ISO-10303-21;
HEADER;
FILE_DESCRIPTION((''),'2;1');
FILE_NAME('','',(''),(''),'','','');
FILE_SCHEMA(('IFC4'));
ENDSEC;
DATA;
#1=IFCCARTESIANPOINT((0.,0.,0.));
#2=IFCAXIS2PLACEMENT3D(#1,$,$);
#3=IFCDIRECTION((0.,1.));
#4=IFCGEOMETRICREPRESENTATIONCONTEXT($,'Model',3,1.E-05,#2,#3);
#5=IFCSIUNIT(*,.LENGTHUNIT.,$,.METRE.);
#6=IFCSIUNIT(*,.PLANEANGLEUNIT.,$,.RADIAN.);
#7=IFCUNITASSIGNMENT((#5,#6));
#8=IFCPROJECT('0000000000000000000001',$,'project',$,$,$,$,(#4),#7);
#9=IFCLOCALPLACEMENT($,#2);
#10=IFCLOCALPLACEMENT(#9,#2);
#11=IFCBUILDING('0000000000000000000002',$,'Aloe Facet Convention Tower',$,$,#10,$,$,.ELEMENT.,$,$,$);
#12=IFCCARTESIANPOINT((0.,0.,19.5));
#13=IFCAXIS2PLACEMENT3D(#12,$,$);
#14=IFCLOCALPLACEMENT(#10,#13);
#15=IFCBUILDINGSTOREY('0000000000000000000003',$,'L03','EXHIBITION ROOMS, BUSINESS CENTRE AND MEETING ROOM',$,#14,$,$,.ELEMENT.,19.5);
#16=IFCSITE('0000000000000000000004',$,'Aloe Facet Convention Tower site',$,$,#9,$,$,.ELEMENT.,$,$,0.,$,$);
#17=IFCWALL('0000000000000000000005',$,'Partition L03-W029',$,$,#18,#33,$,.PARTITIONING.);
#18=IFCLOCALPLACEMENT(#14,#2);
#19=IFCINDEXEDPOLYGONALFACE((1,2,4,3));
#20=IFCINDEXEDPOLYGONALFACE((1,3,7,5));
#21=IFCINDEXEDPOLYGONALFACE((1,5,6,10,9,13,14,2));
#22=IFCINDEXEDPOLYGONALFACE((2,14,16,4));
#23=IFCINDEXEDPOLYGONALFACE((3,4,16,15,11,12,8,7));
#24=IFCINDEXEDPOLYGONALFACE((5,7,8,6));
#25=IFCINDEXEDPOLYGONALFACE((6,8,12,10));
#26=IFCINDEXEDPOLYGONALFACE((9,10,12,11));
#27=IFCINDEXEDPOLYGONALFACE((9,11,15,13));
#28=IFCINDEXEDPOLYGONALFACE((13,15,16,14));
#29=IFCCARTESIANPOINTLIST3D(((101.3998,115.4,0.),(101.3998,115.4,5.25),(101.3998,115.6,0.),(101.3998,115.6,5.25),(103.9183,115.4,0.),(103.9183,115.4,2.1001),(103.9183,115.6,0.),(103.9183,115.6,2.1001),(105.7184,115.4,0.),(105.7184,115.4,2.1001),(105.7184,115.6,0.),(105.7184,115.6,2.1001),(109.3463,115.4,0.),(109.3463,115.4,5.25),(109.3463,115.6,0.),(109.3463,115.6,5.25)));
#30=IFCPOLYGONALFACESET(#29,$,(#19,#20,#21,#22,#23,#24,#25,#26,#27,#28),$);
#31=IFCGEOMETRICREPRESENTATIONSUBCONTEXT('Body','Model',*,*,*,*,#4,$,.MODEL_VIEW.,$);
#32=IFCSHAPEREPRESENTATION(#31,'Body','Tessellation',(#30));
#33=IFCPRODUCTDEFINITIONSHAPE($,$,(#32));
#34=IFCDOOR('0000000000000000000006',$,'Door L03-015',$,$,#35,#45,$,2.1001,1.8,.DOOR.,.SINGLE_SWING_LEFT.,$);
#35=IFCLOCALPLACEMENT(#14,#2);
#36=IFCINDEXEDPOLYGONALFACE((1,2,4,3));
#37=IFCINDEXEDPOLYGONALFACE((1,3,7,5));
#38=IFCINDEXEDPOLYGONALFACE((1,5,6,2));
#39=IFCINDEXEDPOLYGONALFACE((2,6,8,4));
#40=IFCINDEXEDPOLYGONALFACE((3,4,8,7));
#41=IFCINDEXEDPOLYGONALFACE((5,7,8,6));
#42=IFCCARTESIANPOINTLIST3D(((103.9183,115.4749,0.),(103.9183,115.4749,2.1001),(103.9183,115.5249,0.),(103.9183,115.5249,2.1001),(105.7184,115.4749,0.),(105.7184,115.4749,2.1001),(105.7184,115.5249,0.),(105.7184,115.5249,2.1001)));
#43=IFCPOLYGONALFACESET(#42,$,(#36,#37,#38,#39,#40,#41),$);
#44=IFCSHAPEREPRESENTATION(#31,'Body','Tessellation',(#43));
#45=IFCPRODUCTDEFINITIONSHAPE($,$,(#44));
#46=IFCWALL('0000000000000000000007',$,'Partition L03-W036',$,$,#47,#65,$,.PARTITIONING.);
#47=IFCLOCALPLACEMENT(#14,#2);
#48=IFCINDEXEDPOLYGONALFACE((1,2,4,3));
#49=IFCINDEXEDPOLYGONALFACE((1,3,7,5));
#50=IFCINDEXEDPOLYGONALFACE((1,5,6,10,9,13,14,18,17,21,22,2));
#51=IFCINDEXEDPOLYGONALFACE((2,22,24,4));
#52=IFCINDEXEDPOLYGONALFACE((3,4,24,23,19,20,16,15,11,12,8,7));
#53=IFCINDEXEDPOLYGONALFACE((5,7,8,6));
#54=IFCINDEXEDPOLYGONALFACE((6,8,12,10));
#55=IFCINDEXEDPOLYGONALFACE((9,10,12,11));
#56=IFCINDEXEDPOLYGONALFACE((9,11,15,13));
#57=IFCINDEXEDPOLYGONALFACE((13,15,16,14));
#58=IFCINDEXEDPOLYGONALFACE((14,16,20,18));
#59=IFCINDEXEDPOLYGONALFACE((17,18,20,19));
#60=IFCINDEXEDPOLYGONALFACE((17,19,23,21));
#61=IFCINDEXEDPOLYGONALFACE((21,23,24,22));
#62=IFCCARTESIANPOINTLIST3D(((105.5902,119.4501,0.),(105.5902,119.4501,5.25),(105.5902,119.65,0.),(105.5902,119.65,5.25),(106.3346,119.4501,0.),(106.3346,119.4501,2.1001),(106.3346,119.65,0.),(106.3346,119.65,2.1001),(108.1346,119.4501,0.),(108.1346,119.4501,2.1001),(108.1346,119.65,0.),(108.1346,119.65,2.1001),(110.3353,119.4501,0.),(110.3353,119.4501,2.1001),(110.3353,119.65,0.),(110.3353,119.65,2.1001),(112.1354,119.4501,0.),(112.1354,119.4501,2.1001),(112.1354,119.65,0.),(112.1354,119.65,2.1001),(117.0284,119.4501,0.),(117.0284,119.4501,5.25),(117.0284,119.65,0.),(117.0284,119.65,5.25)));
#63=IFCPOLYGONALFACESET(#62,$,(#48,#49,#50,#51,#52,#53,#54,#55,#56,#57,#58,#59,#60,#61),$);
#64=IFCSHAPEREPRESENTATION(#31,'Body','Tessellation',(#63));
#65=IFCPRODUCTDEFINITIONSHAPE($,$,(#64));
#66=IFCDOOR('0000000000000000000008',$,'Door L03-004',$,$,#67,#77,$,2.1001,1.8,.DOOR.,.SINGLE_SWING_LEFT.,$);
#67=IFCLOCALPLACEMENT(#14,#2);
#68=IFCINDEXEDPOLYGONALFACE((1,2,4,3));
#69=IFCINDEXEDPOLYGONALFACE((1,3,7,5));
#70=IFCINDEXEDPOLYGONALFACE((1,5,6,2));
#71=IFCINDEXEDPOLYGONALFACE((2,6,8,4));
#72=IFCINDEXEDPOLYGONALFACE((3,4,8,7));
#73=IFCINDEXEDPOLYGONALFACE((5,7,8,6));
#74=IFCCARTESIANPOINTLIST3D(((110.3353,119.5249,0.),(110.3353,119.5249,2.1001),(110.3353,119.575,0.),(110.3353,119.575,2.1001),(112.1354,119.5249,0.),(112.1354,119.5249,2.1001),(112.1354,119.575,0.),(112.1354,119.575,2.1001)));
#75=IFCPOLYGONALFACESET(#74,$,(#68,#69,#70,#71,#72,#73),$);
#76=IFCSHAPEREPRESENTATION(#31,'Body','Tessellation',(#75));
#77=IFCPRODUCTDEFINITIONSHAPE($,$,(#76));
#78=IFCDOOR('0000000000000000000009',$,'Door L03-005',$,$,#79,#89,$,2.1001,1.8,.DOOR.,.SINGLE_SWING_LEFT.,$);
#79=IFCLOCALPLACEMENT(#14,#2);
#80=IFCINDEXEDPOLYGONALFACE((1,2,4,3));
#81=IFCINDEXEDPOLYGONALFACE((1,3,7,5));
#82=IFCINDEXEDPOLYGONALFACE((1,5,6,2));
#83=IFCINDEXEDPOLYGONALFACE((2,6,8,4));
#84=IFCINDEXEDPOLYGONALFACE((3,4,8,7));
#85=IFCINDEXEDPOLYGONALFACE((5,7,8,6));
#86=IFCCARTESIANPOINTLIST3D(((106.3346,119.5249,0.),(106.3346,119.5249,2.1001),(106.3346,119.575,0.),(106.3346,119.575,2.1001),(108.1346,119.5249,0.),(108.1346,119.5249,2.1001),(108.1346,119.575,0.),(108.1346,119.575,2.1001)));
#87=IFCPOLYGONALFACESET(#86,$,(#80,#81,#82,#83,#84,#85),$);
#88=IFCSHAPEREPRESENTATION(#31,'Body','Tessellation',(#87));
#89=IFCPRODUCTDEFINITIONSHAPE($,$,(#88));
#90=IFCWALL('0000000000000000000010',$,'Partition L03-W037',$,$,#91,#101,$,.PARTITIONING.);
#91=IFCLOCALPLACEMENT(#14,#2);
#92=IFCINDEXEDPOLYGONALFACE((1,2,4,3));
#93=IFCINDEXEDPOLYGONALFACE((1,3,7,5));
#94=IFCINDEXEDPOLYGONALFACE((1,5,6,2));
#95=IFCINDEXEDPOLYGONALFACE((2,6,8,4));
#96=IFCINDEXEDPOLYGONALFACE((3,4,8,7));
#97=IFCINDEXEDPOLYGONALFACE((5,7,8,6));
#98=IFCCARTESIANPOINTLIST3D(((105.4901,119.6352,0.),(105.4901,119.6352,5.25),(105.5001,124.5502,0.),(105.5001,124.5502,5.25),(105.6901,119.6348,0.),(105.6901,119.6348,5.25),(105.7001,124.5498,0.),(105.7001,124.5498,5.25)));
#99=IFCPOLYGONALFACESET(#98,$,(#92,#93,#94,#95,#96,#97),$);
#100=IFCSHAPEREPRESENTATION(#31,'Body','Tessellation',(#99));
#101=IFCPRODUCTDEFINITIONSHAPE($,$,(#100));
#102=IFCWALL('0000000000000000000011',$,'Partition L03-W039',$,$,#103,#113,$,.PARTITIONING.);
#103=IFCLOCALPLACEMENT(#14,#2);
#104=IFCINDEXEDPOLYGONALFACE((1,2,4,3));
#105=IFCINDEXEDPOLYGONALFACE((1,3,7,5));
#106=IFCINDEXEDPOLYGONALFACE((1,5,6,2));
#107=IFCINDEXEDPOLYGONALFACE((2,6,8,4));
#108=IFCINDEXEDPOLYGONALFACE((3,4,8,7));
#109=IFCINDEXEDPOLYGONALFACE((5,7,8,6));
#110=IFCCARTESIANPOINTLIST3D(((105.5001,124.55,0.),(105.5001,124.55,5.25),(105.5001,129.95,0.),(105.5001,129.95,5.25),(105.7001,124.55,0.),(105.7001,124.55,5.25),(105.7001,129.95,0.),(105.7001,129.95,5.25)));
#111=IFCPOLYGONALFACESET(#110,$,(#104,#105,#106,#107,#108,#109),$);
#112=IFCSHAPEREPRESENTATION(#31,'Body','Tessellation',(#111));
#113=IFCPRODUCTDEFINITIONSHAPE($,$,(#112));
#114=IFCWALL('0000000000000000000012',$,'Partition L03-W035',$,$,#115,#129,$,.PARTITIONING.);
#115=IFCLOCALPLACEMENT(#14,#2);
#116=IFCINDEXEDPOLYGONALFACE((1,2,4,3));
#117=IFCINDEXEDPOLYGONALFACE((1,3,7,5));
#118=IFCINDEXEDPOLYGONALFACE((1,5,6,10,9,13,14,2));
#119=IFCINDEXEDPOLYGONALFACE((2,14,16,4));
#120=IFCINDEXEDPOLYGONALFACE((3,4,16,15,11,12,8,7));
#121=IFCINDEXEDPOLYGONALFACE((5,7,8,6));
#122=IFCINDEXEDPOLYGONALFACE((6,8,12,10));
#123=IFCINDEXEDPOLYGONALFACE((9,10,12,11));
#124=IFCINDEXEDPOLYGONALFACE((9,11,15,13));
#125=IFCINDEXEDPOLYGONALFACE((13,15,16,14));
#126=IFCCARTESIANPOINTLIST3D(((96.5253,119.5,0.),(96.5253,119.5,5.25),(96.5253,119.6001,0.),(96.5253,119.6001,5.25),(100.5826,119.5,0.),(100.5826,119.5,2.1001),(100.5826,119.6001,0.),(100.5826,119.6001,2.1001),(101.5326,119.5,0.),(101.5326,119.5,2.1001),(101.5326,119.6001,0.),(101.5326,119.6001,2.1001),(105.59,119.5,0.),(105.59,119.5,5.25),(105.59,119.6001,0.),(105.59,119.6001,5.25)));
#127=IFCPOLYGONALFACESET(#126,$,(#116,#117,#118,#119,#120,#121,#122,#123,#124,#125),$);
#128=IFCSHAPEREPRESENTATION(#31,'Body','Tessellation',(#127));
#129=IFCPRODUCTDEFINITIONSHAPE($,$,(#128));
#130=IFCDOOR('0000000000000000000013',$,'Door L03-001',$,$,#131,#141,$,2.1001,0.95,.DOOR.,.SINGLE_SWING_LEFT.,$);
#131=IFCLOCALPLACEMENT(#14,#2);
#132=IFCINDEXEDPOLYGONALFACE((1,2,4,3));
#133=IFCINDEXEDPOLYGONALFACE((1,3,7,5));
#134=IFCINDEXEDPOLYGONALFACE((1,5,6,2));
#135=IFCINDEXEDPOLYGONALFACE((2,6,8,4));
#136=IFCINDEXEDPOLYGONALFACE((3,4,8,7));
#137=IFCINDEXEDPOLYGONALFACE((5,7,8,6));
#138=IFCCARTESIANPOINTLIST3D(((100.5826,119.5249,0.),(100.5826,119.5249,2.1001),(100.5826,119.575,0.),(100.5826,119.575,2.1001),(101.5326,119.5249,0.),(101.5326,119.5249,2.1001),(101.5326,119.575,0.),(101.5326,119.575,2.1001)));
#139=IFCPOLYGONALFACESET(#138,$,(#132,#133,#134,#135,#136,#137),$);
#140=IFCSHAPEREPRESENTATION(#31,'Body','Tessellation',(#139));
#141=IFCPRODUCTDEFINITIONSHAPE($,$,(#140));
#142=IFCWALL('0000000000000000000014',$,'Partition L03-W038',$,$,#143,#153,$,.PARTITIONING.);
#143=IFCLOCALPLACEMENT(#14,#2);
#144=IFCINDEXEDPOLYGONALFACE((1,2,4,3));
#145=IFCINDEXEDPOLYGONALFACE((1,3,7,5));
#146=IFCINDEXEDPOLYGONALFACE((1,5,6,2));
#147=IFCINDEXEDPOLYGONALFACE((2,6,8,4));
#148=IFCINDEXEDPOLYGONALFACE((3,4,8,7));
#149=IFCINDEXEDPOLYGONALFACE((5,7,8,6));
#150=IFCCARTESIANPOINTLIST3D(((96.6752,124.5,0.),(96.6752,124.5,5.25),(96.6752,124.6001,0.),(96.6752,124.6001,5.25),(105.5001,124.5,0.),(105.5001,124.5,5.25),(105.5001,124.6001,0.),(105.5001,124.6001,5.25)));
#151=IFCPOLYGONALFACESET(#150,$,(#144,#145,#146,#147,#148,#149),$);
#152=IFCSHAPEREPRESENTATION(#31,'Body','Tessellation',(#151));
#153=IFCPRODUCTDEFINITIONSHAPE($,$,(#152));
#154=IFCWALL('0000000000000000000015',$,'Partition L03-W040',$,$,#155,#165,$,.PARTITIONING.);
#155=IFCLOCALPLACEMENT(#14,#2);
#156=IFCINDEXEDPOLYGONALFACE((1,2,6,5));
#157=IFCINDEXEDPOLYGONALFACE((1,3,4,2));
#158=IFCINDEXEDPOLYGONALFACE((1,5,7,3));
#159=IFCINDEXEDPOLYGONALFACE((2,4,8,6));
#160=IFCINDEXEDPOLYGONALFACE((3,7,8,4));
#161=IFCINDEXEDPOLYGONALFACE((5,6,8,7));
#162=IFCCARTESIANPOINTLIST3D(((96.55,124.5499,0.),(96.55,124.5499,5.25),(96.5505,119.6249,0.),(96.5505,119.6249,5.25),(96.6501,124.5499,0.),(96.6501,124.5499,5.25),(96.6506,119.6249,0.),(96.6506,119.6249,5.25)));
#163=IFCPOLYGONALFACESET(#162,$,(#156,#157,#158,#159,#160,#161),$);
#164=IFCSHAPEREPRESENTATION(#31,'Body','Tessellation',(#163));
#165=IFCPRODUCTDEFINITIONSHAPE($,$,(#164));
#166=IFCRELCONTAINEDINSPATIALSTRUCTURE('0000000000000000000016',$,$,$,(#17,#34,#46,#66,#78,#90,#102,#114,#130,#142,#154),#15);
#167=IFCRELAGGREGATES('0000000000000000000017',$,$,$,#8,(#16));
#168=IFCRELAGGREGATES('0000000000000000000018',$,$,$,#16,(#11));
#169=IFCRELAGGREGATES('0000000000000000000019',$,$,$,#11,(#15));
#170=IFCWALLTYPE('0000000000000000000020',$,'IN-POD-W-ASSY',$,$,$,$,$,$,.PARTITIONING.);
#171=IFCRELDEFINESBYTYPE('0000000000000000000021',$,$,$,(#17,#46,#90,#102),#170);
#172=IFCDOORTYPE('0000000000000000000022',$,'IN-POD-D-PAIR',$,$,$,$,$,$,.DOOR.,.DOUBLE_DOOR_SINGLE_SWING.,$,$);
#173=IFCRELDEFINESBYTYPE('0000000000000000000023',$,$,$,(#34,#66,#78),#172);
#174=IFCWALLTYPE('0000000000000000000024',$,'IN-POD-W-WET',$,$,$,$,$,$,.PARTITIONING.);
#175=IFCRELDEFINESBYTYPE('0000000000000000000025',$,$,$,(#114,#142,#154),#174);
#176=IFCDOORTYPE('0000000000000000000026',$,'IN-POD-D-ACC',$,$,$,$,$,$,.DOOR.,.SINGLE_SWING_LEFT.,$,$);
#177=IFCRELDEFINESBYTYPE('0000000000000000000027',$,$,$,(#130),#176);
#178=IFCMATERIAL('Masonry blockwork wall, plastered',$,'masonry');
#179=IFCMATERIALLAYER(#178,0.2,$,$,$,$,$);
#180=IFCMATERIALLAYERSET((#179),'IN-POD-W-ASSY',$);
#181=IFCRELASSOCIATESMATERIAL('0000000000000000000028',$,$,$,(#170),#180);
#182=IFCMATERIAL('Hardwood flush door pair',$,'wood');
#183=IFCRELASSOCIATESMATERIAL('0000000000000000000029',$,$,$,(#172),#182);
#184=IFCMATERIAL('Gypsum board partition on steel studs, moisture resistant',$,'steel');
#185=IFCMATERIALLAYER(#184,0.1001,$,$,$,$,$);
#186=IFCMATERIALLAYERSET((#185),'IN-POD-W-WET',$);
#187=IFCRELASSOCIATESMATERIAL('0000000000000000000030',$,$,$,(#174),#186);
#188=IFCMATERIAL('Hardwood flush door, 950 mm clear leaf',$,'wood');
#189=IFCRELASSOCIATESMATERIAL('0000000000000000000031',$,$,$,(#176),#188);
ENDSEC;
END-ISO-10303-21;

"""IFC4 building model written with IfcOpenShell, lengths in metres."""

from ifc_helpers import new_model, si_unit, direction, frame, frame_2d, origin, place, context, subcontext, project, spatial, rectangle, extrude, material, layer, layer_set, type_object, element, fill, save


model = new_model("IFC4")

# Units and contexts
model_context = context("Model", 3, precision=1e-05, world=origin(), true_north=direction((0.0, 1.0)))
body_context = subcontext(model_context, "Body", "Model", "MODEL_VIEW")
ifc_project = project(units=[si_unit("LENGTHUNIT", "METRE"), si_unit("PLANEANGLEUNIT", "RADIAN")], contexts=[model_context])

# Site, building, storey
site_placement = place(None, origin())
site = spatial("IfcSite", under=ifc_project, at=site_placement, Name="Aloe Facet Convention Tower site", CompositionType="ELEMENT", RefElevation=0.0)
building_placement = place(site_placement, origin())
building = spatial("IfcBuilding", under=site, at=building_placement, Name="Aloe Facet Convention Tower", CompositionType="ELEMENT")
storey_placement = place(building_placement, frame((0.0, 0.0, 19.5)))
storey = spatial("IfcBuildingStorey", under=building, at=storey_placement, Name="L03", Description="EXHIBITION ROOMS, BUSINESS CENTRE AND MEETING ROOM", CompositionType="ELEMENT", Elevation=19.5)

# Wall, opening, door
ifc_material_1 = material(Name="Masonry blockwork wall, plastered", Category="masonry")
ifc_layer_1 = layer(ifc_material_1, 0.2)
ifc_layer_set_1 = layer_set([ifc_layer_1], Name="IN-POD-W-ASSY")
wall_type_1 = type_object("IfcWallType", Name="IN-POD-W-ASSY", PredefinedType="PARTITIONING", material=ifc_layer_set_1)
wall_1_placement = place(storey_placement, frame((101.3999, 115.5, 0.0), z_axis=(0.0, 0.0, 1.0), x_axis=(1.0, 0.0, 0.0)))
wall_1 = element("IfcWall", 1, at=wall_1_placement, inside=storey, type_object=wall_type_1, Name="Partition L03-W029", PredefinedType="PARTITIONING", context=body_context, shape_type="SweptSolid", body=[
    extrude(rectangle(XDim=7.9465, YDim=0.2, at=frame_2d((3.9731, 0.0))), origin(), (0.0, 0.0, 1.0), 5.25),
])
opening_1_placement = place(wall_1_placement, frame((2.5186, 0.0, 0.0)))
opening_1 = element("IfcOpeningElement", 2, at=opening_1_placement, cuts=wall_1, PredefinedType="OPENING", context=body_context, shape_type="SweptSolid", body=[
    extrude(rectangle(XDim=1.8, YDim=2.1001, at=frame_2d((0.8999, 1.05))), frame((0.0, 0.1099, 0.0), z_axis=(0.0, -1.0, 0.0), x_axis=(1.0, 0.0, 0.0)), (0.0, 0.0, 1.0), 0.22),
])
ifc_material_2 = material(Name="Hardwood flush door pair", Category="wood")
door_type_1 = type_object("IfcDoorType", Name="IN-POD-D-PAIR", OperationType="DOUBLE_DOOR_SINGLE_SWING", PredefinedType="DOOR", material=ifc_material_2)
door_1_placement = place(opening_1_placement, origin())
door_1 = element("IfcDoor", 3, at=door_1_placement, inside=storey, type_object=door_type_1, Name="Door L03-015", OperationType="SINGLE_SWING_LEFT", OverallHeight=2.1001, OverallWidth=1.8, PredefinedType="DOOR", context=body_context, shape_type="SweptSolid", body=[
    extrude(rectangle(XDim=1.8, YDim=2.1001, at=frame_2d((0.8999, 1.05))), frame((0.0, 0.0249, 0.0), z_axis=(0.0, -1.0, 0.0), x_axis=(1.0, 0.0, 0.0)), (0.0, 0.0, 1.0), 0.05),
])
fill(opening_1, door_1)

# Wall, openings, doors
wall_2_placement = place(storey_placement, frame((105.5901, 119.55, 0.0), z_axis=(0.0, 0.0, 1.0), x_axis=(1.0, 0.0, 0.0)))
wall_2 = element("IfcWall", 4, at=wall_2_placement, inside=storey, type_object=wall_type_1, Name="Partition L03-W036", PredefinedType="PARTITIONING", context=body_context, shape_type="SweptSolid", body=[
    extrude(rectangle(XDim=11.4382, YDim=0.2, at=frame_2d((5.7192, 0.0))), origin(), (0.0, 0.0, 1.0), 5.25),
])
opening_2_placement = place(wall_2_placement, frame((4.7454, 0.0, 0.0)))
opening_2 = element("IfcOpeningElement", 5, at=opening_2_placement, cuts=wall_2, PredefinedType="OPENING", context=body_context, shape_type="SweptSolid", body=[
    extrude(rectangle(XDim=1.8, YDim=2.1001, at=frame_2d((0.8999, 1.05))), frame((0.0, 0.1099, 0.0), z_axis=(0.0, -1.0, 0.0), x_axis=(1.0, 0.0, 0.0)), (0.0, 0.0, 1.0), 0.22),
])
opening_3_placement = place(wall_2_placement, frame((0.7446, 0.0, 0.0)))
opening_3 = element("IfcOpeningElement", 6, at=opening_3_placement, cuts=wall_2, PredefinedType="OPENING", context=body_context, shape_type="SweptSolid", body=[
    extrude(rectangle(XDim=1.8, YDim=2.1001, at=frame_2d((0.8999, 1.05))), frame((0.0, 0.1099, 0.0), z_axis=(0.0, -1.0, 0.0), x_axis=(1.0, 0.0, 0.0)), (0.0, 0.0, 1.0), 0.22),
])
door_2_placement = place(opening_2_placement, origin())
door_2 = element("IfcDoor", 7, at=door_2_placement, inside=storey, type_object=door_type_1, Name="Door L03-004", OperationType="SINGLE_SWING_LEFT", OverallHeight=2.1001, OverallWidth=1.8, PredefinedType="DOOR", context=body_context, shape_type="SweptSolid", body=[
    extrude(rectangle(XDim=1.8, YDim=2.1001, at=frame_2d((0.8999, 1.05))), frame((0.0, 0.0249, 0.0), z_axis=(0.0, -1.0, 0.0), x_axis=(1.0, 0.0, 0.0)), (0.0, 0.0, 1.0), 0.05),
])
fill(opening_2, door_2)
door_3_placement = place(opening_3_placement, origin())
door_3 = element("IfcDoor", 8, at=door_3_placement, inside=storey, type_object=door_type_1, Name="Door L03-005", OperationType="SINGLE_SWING_LEFT", OverallHeight=2.1001, OverallWidth=1.8, PredefinedType="DOOR", context=body_context, shape_type="SweptSolid", body=[
    extrude(rectangle(XDim=1.8, YDim=2.1001, at=frame_2d((0.8999, 1.05))), frame((0.0, 0.0249, 0.0), z_axis=(0.0, -1.0, 0.0), x_axis=(1.0, 0.0, 0.0)), (0.0, 0.0, 1.0), 0.05),
])
fill(opening_3, door_3)

# Walls
wall_3_placement = place(storey_placement, frame((105.5901, 119.635, 0.0), z_axis=(0.0, 0.0, 1.0), x_axis=(0.002037, 0.999998, 0.0)))
element("IfcWall", 9, at=wall_3_placement, inside=storey, type_object=wall_type_1, Name="Partition L03-W037", PredefinedType="PARTITIONING", context=body_context, shape_type="SweptSolid", body=[
    extrude(rectangle(XDim=4.915, YDim=0.2, at=frame_2d((2.4575, 0.0))), origin(), (0.0, 0.0, 1.0), 5.25),
])
wall_4_placement = place(storey_placement, frame((105.6001, 124.55, 0.0), z_axis=(0.0, 0.0, 1.0), x_axis=(0.0, 1.0, 0.0)))
element("IfcWall", 10, at=wall_4_placement, inside=storey, type_object=wall_type_1, Name="Partition L03-W039", PredefinedType="PARTITIONING", context=body_context, shape_type="SweptSolid", body=[
    extrude(rectangle(XDim=5.3999, YDim=0.2, at=frame_2d((2.7, 0.0))), origin(), (0.0, 0.0, 1.0), 5.25),
])

# Wall, opening, door
ifc_material_3 = material(Name="Gypsum board partition on steel studs, moisture resistant", Category="steel")
ifc_layer_2 = layer(ifc_material_3, 0.1001)
ifc_layer_set_2 = layer_set([ifc_layer_2], Name="IN-POD-W-WET")
wall_type_2 = type_object("IfcWallType", Name="IN-POD-W-WET", PredefinedType="PARTITIONING", material=ifc_layer_set_2)
wall_5_placement = place(storey_placement, frame((96.5254, 119.55, 0.0), z_axis=(0.0, 0.0, 1.0), x_axis=(1.0, 0.0, 0.0)))
wall_5 = element("IfcWall", 11, at=wall_5_placement, inside=storey, type_object=wall_type_2, Name="Partition L03-W035", PredefinedType="PARTITIONING", context=body_context, shape_type="SweptSolid", body=[
    extrude(rectangle(XDim=9.0647, YDim=0.1001, at=frame_2d((4.5322, 0.0))), origin(), (0.0, 0.0, 1.0), 5.25),
])
opening_4_placement = place(wall_5_placement, frame((4.0571, 0.0, 0.0)))
opening_4 = element("IfcOpeningElement", 12, at=opening_4_placement, cuts=wall_5, PredefinedType="OPENING", context=body_context, shape_type="SweptSolid", body=[
    extrude(rectangle(XDim=0.95, YDim=2.1001, at=frame_2d((0.4751, 1.05))), frame((0.0, 0.0601, 0.0), z_axis=(0.0, -1.0, 0.0), x_axis=(1.0, 0.0, 0.0)), (0.0, 0.0, 1.0), 0.1201),
])
ifc_material_4 = material(Name="Hardwood flush door, 950 mm clear leaf", Category="wood")
door_type_2 = type_object("IfcDoorType", Name="IN-POD-D-ACC", OperationType="SINGLE_SWING_LEFT", PredefinedType="DOOR", material=ifc_material_4)
door_4_placement = place(opening_4_placement, origin())
door_4 = element("IfcDoor", 13, at=door_4_placement, inside=storey, type_object=door_type_2, Name="Door L03-001", OperationType="SINGLE_SWING_LEFT", OverallHeight=2.1001, OverallWidth=0.95, PredefinedType="DOOR", context=body_context, shape_type="SweptSolid", body=[
    extrude(rectangle(XDim=0.95, YDim=2.1001, at=frame_2d((0.4751, 1.05))), frame((0.0, 0.0249, 0.0), z_axis=(0.0, -1.0, 0.0), x_axis=(1.0, 0.0, 0.0)), (0.0, 0.0, 1.0), 0.05),
])
fill(opening_4, door_4)

# Walls
wall_6_placement = place(storey_placement, frame((96.675, 124.55, 0.0), z_axis=(0.0, 0.0, 1.0), x_axis=(1.0, 0.0, 0.0)))
element("IfcWall", 14, at=wall_6_placement, inside=storey, type_object=wall_type_2, Name="Partition L03-W038", PredefinedType="PARTITIONING", context=body_context, shape_type="SweptSolid", body=[
    extrude(rectangle(XDim=8.825, YDim=0.1001, at=frame_2d((4.4126, 0.0))), origin(), (0.0, 0.0, 1.0), 5.25),
])
wall_7_placement = place(storey_placement, frame((96.6006, 119.625, 0.0), z_axis=(0.0, 0.0, 1.0), x_axis=(-0.000099, 1.0, 0.0)))
element("IfcWall", 15, at=wall_7_placement, inside=storey, type_object=wall_type_2, Name="Partition L03-W040", PredefinedType="PARTITIONING", context=body_context, shape_type="SweptSolid", body=[
    extrude(rectangle(XDim=4.925, YDim=0.1001, at=frame_2d((2.4624, 0.0))), origin(), (0.0, 0.0, 1.0), 5.25),
])

save(model, "model.ifc")
